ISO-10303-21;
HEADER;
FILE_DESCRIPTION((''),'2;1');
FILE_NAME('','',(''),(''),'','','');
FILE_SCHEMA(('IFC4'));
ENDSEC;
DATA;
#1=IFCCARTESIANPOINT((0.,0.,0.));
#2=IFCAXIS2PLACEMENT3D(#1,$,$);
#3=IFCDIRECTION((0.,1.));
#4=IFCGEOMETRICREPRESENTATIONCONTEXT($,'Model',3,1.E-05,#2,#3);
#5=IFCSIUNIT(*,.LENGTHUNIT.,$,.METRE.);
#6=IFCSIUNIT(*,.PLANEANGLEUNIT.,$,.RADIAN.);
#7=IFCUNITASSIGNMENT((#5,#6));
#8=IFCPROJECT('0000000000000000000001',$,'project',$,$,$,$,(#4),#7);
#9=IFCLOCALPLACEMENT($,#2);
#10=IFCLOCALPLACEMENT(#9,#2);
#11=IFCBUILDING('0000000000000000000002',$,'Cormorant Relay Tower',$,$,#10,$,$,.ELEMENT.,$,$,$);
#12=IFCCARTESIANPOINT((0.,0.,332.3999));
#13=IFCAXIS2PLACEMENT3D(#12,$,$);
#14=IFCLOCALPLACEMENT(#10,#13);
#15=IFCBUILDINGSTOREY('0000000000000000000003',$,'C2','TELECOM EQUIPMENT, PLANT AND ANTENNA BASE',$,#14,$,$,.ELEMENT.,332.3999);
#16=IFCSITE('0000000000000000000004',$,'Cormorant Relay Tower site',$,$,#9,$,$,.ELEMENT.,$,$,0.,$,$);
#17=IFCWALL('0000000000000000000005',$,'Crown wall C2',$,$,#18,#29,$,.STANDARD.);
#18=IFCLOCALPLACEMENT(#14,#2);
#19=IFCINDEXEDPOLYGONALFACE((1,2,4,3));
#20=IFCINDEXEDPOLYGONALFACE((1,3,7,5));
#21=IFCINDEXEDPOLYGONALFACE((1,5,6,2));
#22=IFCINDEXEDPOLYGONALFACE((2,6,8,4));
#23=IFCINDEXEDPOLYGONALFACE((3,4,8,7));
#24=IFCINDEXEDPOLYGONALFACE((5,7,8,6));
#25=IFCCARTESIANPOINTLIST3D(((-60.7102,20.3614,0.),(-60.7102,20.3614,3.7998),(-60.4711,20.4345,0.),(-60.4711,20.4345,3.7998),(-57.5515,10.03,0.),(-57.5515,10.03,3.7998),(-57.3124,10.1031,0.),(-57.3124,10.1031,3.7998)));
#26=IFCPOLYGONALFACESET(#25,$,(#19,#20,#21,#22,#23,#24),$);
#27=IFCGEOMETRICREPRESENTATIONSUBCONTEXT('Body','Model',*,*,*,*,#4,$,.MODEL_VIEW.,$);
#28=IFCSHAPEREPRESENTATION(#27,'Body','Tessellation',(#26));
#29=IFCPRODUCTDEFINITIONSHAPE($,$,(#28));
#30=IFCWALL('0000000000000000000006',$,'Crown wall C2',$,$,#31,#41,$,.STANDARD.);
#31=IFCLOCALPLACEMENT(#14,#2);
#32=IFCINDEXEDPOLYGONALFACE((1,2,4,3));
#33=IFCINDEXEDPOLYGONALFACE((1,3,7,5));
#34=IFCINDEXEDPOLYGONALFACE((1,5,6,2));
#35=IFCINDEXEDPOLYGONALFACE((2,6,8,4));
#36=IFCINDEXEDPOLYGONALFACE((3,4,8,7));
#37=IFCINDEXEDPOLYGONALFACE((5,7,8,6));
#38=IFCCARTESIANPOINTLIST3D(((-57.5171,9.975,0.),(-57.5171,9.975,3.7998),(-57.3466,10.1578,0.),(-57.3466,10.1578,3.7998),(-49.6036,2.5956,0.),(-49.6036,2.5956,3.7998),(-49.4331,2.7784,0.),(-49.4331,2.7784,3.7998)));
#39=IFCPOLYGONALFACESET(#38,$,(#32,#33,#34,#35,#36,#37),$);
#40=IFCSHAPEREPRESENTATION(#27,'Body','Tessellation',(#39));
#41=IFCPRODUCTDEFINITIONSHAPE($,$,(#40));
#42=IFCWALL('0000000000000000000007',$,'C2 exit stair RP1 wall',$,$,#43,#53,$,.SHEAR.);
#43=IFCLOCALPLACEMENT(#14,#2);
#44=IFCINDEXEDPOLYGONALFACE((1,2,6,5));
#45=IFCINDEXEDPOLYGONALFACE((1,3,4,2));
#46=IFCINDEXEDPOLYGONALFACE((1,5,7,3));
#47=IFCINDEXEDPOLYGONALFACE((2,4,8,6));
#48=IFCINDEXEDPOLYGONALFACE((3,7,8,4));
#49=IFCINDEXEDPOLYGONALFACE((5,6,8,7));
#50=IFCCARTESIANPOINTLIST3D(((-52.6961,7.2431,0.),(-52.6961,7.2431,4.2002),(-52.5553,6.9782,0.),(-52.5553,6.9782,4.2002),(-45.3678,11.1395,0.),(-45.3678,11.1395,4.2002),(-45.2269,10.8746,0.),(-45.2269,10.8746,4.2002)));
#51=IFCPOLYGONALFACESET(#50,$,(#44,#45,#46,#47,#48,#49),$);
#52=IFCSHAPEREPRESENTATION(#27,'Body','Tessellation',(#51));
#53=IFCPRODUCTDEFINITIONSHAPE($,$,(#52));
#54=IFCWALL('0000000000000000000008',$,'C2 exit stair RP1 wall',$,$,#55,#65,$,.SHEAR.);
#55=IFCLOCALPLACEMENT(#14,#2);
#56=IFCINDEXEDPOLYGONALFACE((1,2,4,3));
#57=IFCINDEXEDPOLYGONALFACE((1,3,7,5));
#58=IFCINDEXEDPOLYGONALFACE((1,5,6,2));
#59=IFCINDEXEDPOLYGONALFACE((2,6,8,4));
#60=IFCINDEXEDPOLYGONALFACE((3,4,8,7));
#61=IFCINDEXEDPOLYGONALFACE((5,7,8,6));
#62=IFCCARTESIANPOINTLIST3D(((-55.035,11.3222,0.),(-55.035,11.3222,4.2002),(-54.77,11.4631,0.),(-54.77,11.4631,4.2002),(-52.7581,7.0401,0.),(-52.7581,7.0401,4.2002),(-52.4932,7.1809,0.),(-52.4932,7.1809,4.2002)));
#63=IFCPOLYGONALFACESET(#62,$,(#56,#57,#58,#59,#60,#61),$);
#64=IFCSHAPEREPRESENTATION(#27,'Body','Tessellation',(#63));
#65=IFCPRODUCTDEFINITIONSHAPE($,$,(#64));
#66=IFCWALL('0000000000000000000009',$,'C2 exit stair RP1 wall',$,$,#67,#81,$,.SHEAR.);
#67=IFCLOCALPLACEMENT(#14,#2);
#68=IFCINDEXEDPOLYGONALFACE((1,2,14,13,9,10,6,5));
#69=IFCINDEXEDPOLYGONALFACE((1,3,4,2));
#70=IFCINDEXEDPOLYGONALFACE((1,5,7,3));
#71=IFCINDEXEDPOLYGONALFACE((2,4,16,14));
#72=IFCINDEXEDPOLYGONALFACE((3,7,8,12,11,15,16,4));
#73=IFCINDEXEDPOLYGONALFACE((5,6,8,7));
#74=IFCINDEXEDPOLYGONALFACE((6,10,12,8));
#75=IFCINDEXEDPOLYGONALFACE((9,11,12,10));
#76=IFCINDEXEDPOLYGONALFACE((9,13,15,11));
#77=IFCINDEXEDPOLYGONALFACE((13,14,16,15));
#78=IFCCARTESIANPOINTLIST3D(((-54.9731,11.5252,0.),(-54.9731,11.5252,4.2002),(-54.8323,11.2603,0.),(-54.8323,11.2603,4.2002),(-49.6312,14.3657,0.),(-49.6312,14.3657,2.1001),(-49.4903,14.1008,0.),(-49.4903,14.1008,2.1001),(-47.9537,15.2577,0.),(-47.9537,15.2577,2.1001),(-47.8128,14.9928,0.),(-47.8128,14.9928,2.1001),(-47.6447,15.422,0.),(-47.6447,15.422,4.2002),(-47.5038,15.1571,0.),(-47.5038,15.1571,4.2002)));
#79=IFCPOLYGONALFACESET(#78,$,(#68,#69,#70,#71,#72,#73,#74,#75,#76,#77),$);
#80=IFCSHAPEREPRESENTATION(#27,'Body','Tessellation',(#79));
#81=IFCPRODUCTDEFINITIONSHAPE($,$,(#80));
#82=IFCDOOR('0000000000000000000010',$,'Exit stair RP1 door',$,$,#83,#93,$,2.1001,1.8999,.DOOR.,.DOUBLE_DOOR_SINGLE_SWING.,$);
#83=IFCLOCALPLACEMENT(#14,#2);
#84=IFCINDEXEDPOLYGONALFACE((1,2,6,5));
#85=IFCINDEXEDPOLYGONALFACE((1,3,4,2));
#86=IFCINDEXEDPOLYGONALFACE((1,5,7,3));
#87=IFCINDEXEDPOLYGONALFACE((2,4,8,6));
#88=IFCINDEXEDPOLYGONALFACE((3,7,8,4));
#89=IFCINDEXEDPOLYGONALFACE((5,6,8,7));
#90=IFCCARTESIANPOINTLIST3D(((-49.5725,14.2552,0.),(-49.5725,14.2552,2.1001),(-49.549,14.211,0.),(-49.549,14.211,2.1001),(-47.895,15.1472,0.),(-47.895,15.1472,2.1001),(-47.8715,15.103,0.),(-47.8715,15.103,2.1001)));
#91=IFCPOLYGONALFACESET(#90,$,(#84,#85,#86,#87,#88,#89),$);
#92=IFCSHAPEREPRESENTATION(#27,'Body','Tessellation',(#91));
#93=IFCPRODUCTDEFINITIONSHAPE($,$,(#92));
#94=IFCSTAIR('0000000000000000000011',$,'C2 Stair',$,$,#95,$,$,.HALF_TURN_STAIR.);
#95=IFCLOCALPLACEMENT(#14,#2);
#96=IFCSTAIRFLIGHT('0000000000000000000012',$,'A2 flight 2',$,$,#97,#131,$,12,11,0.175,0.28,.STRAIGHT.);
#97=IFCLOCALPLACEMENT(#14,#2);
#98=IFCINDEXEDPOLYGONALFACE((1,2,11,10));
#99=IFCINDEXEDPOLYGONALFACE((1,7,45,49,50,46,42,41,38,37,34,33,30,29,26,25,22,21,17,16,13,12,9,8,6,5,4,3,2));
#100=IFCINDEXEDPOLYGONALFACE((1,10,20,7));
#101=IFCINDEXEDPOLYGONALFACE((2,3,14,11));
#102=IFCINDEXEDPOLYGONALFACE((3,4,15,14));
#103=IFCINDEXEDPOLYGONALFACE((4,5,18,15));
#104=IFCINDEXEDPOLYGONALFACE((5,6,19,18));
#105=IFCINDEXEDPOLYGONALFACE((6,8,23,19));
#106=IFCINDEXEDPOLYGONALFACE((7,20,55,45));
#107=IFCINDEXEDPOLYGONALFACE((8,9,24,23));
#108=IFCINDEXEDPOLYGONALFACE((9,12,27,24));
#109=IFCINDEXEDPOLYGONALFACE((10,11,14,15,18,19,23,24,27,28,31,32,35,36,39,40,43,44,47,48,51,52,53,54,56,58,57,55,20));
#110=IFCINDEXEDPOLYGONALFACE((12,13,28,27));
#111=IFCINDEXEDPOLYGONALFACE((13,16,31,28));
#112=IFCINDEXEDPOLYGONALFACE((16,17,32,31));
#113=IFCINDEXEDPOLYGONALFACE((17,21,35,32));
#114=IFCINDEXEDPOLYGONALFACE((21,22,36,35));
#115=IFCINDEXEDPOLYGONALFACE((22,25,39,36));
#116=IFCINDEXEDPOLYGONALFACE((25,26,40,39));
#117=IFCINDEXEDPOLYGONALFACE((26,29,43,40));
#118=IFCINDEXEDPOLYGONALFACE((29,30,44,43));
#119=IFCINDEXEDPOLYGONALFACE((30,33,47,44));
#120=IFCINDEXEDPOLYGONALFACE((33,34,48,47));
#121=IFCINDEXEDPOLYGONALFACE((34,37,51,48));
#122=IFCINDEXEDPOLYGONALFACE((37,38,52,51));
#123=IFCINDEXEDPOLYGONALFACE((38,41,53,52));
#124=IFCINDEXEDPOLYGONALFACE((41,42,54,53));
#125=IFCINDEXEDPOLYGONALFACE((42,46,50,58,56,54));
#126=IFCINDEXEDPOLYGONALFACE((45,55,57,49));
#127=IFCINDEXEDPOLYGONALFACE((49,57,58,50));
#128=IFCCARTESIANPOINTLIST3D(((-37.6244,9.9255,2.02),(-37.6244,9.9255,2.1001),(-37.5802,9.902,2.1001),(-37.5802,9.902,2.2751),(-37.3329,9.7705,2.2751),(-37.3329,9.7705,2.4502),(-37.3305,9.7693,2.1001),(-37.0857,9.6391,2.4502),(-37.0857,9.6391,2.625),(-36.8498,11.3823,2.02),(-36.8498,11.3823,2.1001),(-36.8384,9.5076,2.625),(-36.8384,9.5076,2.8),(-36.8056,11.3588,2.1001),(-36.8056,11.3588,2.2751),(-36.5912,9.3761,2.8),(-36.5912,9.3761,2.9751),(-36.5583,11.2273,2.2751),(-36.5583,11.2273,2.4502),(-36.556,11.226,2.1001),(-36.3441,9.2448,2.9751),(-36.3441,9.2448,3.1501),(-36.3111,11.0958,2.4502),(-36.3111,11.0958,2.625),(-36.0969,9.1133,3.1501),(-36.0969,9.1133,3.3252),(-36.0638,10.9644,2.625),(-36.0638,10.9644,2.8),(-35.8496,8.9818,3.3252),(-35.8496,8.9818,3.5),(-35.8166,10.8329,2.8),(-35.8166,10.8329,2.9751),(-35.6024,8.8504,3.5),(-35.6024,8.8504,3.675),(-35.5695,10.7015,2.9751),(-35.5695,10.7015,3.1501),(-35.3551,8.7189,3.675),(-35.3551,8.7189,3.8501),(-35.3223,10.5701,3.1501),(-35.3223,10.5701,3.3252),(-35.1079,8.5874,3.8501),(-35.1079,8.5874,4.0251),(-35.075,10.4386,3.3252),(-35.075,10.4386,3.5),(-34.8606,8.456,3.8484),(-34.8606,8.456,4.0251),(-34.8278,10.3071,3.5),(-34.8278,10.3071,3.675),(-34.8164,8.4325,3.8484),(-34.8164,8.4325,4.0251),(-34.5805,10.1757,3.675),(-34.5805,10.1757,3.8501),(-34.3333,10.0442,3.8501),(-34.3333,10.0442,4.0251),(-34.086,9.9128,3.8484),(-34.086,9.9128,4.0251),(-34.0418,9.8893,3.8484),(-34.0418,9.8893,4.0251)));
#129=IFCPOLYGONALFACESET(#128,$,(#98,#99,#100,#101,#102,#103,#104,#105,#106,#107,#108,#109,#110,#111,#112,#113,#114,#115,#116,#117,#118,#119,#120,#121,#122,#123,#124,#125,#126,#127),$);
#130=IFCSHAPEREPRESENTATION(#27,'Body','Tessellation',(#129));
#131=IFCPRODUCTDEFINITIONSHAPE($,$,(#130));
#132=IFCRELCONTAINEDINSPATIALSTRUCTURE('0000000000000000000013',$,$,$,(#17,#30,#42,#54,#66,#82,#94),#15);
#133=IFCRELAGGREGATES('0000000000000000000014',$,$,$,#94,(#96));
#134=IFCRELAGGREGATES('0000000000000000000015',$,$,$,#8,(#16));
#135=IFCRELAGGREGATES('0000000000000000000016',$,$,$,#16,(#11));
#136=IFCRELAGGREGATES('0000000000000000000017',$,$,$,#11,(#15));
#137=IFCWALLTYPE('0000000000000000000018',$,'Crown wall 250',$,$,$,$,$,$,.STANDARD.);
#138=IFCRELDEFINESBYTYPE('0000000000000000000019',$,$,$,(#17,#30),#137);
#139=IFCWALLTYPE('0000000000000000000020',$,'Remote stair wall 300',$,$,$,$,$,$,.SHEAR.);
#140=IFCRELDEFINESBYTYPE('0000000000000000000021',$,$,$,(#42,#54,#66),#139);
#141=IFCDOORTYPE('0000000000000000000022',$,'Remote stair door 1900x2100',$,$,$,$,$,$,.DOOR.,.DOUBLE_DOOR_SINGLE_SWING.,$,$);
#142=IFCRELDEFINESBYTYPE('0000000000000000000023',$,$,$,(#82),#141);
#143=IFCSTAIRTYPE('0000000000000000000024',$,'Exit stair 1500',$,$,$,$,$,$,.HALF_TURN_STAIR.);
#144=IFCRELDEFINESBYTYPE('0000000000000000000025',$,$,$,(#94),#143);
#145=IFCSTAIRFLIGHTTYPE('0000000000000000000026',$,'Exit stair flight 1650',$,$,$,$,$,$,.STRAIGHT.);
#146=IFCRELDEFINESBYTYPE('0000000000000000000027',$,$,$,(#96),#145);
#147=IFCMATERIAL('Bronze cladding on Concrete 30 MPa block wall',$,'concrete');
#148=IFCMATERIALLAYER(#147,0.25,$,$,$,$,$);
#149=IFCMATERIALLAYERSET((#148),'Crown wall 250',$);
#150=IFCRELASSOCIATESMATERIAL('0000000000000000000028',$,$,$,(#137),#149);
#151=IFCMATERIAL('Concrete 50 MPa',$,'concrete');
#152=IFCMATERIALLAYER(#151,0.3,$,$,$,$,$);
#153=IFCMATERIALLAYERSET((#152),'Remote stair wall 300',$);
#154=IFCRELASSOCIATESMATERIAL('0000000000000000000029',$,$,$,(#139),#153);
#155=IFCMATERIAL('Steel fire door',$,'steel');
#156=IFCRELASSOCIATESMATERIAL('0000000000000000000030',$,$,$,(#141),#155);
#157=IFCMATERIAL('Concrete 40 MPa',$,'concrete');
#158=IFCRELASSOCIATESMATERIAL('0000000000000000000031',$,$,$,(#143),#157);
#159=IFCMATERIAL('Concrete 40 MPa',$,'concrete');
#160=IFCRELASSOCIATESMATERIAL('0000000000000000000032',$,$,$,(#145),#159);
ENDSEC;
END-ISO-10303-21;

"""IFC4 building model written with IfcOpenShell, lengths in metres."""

from ifc_helpers import new_model, si_unit, direction, frame, frame_2d, origin, place, context, subcontext, project, spatial, polyline, rectangle, outline, extrude, material, layer, layer_set, type_object, element, fill, aggregate, save


model = new_model("IFC4")

# Units and contexts
model_context = context("Model", 3, precision=1e-05, world=origin(), true_north=direction((0.0, 1.0)))
body_context = subcontext(model_context, "Body", "Model", "MODEL_VIEW")
ifc_project = project(units=[si_unit("LENGTHUNIT", "METRE"), si_unit("PLANEANGLEUNIT", "RADIAN")], contexts=[model_context])

# Site, building, storey
site_placement = place(None, origin())
site = spatial("IfcSite", under=ifc_project, at=site_placement, Name="Cormorant Relay Tower site", CompositionType="ELEMENT", RefElevation=0.0)
building_placement = place(site_placement, origin())
building = spatial("IfcBuilding", under=site, at=building_placement, Name="Cormorant Relay Tower", CompositionType="ELEMENT")
storey_placement = place(building_placement, frame((0.0, 0.0, 332.3999)))
storey = spatial("IfcBuildingStorey", under=building, at=storey_placement, Name="C2", Description="TELECOM EQUIPMENT, PLANT AND ANTENNA BASE", CompositionType="ELEMENT", Elevation=332.3999)

# Walls
ifc_material_1 = material(Name="Bronze cladding on Concrete 30 MPa block wall", Category="concrete")
ifc_layer_1 = layer(ifc_material_1, 0.25)
ifc_layer_set_1 = layer_set([ifc_layer_1], Name="Crown wall 250")
wall_type_1 = type_object("IfcWallType", Name="Crown wall 250", PredefinedType="STANDARD", material=ifc_layer_set_1)
wall_1_placement = place(storey_placement, frame((-57.4319, 10.0664, 0.0), z_axis=(0.0, 0.0, 1.0), x_axis=(-0.29238, 0.956302, 0.0)))
element("IfcWall", 1, at=wall_1_placement, inside=storey, type_object=wall_type_1, Name="Crown wall C2", PredefinedType="STANDARD", context=body_context, shape_type="SweptSolid", body=[
    extrude(rectangle(XDim=10.8035, YDim=0.25, at=frame_2d((5.4019, 0.0))), origin(), (0.0, 0.0, 1.0), 3.7998),
])
wall_2_placement = place(storey_placement, frame((-49.5183, 2.687, 0.0), z_axis=(0.0, 0.0, 1.0), x_axis=(-0.73136, 0.681992, 0.0)))
element("IfcWall", 2, at=wall_2_placement, inside=storey, type_object=wall_type_1, Name="Crown wall C2", PredefinedType="STANDARD", context=body_context, shape_type="SweptSolid", body=[
    extrude(rectangle(XDim=10.8203, YDim=0.25, at=frame_2d((5.4102, 0.0))), origin(), (0.0, 0.0, 1.0), 3.7998),
])
ifc_material_2 = material(Name="Concrete 50 MPa", Category="concrete")
ifc_layer_2 = layer(ifc_material_2, 0.3)
ifc_layer_set_2 = layer_set([ifc_layer_2], Name="Remote stair wall 300")
wall_type_2 = type_object("IfcWallType", Name="Remote stair wall 300", PredefinedType="SHEAR", material=ifc_layer_set_2)
wall_3_placement = place(storey_placement, frame((-45.2974, 11.0071, 0.0), z_axis=(0.0, 0.0, 1.0), x_axis=(-0.882952, -0.469464, 0.0)))
element("IfcWall", 3, at=wall_3_placement, inside=storey, type_object=wall_type_2, Name="C2 exit stair RP1 wall", PredefinedType="SHEAR", context=body_context, shape_type="SweptSolid", body=[
    extrude(rectangle(XDim=8.2998, YDim=0.3, at=frame_2d((4.1499, 0.0))), origin(), (0.0, 0.0, 1.0), 4.2002),
])
wall_4_placement = place(storey_placement, frame((-52.6257, 7.1106, 0.0), z_axis=(0.0, 0.0, 1.0), x_axis=(-0.469464, 0.882951, 0.0)))
element("IfcWall", 4, at=wall_4_placement, inside=storey, type_object=wall_type_2, Name="C2 exit stair RP1 wall", PredefinedType="SHEAR", context=body_context, shape_type="SweptSolid", body=[
    extrude(rectangle(XDim=4.8499, YDim=0.3, at=frame_2d((2.4248, 0.0))), origin(), (0.0, 0.0, 1.0), 4.2002),
])

# Wall, opening, door
wall_5_placement = place(storey_placement, frame((-54.9026, 11.3928, 0.0), z_axis=(0.0, 0.0, 1.0), x_axis=(0.882939, 0.469487, 0.0)))
wall_5 = element("IfcWall", 5, at=wall_5_placement, inside=storey, type_object=wall_type_2, Name="C2 exit stair RP1 wall", PredefinedType="SHEAR", context=body_context, shape_type="SweptSolid", body=[
    extrude(rectangle(XDim=8.3, YDim=0.3, at=frame_2d((4.1499, 0.0))), origin(), (0.0, 0.0, 1.0), 4.2002),
])
opening_1_placement = place(wall_5_placement, frame((6.05, 0.0, 0.0)))
opening_1 = element("IfcOpeningElement", 6, at=opening_1_placement, cuts=wall_5, PredefinedType="OPENING", context=body_context, shape_type="SweptSolid", body=[
    extrude(rectangle(XDim=1.8999, YDim=2.1001, at=frame_2d((0.95, 1.05))), frame((0.0, 0.1599, 0.0), z_axis=(0.0, -1.0, 0.0), x_axis=(1.0, 0.0, 0.0)), (0.0, 0.0, 1.0), 0.3201),
])
ifc_material_3 = material(Name="Steel fire door", Category="steel")
door_type_1 = type_object("IfcDoorType", Name="Remote stair door 1900x2100", OperationType="DOUBLE_DOOR_SINGLE_SWING", PredefinedType="DOOR", material=ifc_material_3)
door_1_placement = place(opening_1_placement, origin())
door_1 = element("IfcDoor", 7, at=door_1_placement, inside=storey, type_object=door_type_1, Name="Exit stair RP1 door", OperationType="DOUBLE_DOOR_SINGLE_SWING", OverallHeight=2.1001, OverallWidth=1.8999, PredefinedType="DOOR", context=body_context, shape_type="SweptSolid", body=[
    extrude(rectangle(XDim=1.8999, YDim=2.1001, at=frame_2d((0.95, 1.05))), frame((0.0, 0.0249, 0.0), z_axis=(0.0, -1.0, 0.0), x_axis=(1.0, 0.0, 0.0)), (0.0, 0.0, 1.0), 0.05),
])
fill(opening_1, door_1)

# Stair, stair flight
ifc_material_4 = material(Name="Concrete 40 MPa", Category="concrete")
stair_type_1 = type_object("IfcStairType", Name="Exit stair 1500", PredefinedType="HALF_TURN_STAIR", material=ifc_material_4)
stair_1_placement = place(storey_placement, origin())
stair_1 = element("IfcStair", 8, at=stair_1_placement, inside=storey, type_object=stair_type_1, Name="C2 Stair", PredefinedType="HALF_TURN_STAIR")
ifc_material_5 = material(Name="Concrete 40 MPa", Category="concrete")
stair_flight_type_1 = type_object("IfcStairFlightType", Name="Exit stair flight 1650", PredefinedType="STRAIGHT", material=ifc_material_5)
stair_flight_1_placement = place(storey_placement, frame((-37.1929, 10.6304, 2.1001), z_axis=(0.0, 0.0, 1.0), x_axis=(0.882948, -0.469472, 0.0)))
stair_flight_1 = element("IfcStairFlight", 9, at=stair_flight_1_placement, type_object=stair_flight_type_1, Name="A2 flight 2", NumberOfRisers=12, NumberOfTreads=11, PredefinedType="STRAIGHT", RiserHeight=0.175, TreadLength=0.28, context=body_context, shape_type="SweptSolid", body=[
    extrude(outline(polyline([(-0.05, -0.0801), (-0.05, 0.0), (0.0, 0.0), (0.0, 0.175), (0.28, 0.175), (0.28, 0.3501), (0.5601, 0.3501), (0.5601, 0.5249), (0.8401, 0.5249), (0.8401, 0.7), (1.1201, 0.7), (1.1201, 0.875), (1.3999, 0.875), (1.3999, 1.05), (1.6799, 1.05), (1.6799, 1.2251), (1.96, 1.2251), (1.96, 1.3999), (2.24, 1.3999), (2.24, 1.575), (2.52, 1.575), (2.52, 1.75), (2.8, 1.75), (2.8, 1.925), (3.0801, 1.925), (3.1301, 1.925), (3.1301, 1.7483), (3.0801, 1.7483), (0.2827, 0.0), (-0.05, -0.0801)])), frame((0.0, 0.825, 0.0), z_axis=(0.0, -1.0, 0.0), x_axis=(1.0, 0.0, 0.0)), (0.0, 0.0, 1.0), 1.6499),
])
aggregate(stair_1, [stair_flight_1])

save(model, "model.ifc")
